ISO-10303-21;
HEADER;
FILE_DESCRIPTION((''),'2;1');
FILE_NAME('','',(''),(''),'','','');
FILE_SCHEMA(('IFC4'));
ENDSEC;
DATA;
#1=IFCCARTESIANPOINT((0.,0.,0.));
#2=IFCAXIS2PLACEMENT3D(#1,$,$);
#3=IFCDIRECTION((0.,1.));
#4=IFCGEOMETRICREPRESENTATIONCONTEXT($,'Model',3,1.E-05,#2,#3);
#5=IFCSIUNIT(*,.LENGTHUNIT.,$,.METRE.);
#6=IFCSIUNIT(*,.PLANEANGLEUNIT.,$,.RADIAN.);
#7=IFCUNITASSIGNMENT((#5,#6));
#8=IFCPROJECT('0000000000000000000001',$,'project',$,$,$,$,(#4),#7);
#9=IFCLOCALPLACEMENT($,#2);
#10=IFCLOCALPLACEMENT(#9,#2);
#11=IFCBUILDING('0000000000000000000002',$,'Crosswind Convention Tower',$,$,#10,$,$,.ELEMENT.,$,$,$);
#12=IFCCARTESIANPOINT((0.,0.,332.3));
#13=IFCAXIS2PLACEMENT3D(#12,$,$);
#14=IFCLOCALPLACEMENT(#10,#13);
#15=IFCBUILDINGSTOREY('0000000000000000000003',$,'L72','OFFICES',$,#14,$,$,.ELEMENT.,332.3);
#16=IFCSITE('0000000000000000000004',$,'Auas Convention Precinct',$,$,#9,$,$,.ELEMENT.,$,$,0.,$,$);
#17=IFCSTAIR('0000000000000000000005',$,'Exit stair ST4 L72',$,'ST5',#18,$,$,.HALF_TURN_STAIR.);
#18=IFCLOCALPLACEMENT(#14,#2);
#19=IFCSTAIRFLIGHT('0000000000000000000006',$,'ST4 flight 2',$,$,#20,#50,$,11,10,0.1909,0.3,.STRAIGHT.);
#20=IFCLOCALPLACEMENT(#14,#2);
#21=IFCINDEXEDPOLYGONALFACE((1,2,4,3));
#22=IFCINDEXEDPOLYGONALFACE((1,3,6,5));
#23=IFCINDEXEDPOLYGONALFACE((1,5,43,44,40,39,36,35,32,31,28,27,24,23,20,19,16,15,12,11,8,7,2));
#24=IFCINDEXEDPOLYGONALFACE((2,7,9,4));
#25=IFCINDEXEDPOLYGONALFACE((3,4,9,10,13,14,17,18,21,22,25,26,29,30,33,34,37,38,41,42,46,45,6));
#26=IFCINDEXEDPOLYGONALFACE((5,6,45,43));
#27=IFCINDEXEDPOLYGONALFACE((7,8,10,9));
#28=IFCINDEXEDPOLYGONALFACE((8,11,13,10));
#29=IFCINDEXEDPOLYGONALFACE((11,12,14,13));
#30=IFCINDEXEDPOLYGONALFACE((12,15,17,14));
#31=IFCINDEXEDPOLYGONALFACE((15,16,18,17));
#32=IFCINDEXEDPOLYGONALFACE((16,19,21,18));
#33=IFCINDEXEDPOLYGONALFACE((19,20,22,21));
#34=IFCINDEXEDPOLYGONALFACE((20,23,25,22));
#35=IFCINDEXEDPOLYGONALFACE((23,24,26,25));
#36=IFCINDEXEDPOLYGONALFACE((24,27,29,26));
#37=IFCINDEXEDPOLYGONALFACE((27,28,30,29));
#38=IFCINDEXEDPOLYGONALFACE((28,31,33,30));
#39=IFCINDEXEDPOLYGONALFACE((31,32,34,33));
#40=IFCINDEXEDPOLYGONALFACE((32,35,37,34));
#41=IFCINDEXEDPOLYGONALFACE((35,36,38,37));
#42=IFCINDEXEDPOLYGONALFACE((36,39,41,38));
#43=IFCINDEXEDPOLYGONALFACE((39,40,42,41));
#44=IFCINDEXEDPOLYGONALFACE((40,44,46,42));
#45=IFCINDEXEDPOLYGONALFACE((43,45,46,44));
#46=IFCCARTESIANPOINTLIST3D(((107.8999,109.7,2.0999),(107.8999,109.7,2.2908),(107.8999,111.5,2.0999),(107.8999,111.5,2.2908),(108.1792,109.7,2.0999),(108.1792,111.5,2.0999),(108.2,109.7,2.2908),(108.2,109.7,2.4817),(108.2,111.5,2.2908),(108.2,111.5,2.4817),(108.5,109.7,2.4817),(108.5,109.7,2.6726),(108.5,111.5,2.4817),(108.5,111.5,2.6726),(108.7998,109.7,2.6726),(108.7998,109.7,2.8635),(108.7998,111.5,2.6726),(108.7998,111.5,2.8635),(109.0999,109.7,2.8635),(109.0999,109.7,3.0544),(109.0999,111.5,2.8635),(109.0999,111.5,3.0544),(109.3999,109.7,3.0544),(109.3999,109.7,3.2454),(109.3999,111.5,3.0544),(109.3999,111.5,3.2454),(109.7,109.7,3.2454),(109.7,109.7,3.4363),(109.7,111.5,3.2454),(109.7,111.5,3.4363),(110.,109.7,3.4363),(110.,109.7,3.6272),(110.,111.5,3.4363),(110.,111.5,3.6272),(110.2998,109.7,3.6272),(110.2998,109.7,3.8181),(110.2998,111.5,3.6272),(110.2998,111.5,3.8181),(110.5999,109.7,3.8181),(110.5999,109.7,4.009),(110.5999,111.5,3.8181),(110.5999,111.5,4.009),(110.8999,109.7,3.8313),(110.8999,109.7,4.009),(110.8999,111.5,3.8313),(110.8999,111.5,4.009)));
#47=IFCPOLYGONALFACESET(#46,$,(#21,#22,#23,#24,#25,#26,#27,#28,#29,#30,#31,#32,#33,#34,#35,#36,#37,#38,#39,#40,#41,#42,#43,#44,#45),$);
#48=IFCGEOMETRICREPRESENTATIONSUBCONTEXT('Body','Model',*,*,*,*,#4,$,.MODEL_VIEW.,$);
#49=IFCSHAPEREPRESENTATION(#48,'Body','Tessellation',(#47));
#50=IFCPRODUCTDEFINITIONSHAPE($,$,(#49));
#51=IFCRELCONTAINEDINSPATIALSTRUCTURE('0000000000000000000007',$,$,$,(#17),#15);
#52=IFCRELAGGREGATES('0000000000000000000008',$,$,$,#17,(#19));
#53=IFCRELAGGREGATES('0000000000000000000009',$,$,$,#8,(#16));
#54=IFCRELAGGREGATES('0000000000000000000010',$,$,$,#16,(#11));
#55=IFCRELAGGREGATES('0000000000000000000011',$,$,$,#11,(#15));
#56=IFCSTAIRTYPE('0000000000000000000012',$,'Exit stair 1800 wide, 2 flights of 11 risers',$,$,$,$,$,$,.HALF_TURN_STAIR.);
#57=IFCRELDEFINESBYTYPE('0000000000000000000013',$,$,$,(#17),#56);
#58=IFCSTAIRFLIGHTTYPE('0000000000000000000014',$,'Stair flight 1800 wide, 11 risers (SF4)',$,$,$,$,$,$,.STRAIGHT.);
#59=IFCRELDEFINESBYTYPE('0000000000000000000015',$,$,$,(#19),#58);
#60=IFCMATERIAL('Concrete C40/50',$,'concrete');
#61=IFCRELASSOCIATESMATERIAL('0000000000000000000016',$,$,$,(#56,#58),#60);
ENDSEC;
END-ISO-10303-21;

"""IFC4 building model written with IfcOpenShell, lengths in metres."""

from ifc_helpers import new_model, si_unit, direction, frame, origin, place, context, subcontext, project, spatial, polyline, outline, extrude, material, type_object, element, aggregate, save


model = new_model("IFC4")

# Units and contexts
model_context = context("Model", 3, precision=1e-05, world=origin(), true_north=direction((0.0, 1.0)))
body_context = subcontext(model_context, "Body", "Model", "MODEL_VIEW")
ifc_project = project(units=[si_unit("LENGTHUNIT", "METRE"), si_unit("PLANEANGLEUNIT", "RADIAN")], contexts=[model_context])

# Site, building, storey
site_placement = place(None, origin())
site = spatial("IfcSite", under=ifc_project, at=site_placement, Name="Auas Convention Precinct", CompositionType="ELEMENT", RefElevation=0.0)
building_placement = place(site_placement, origin())
building = spatial("IfcBuilding", under=site, at=building_placement, Name="Crosswind Convention Tower", CompositionType="ELEMENT")
storey_placement = place(building_placement, frame((0.0, 0.0, 332.3)))
storey = spatial("IfcBuildingStorey", under=building, at=storey_placement, Name="L72", Description="OFFICES", CompositionType="ELEMENT", Elevation=332.3)

# Stair, stair flight
ifc_material_1 = material(Name="Concrete C40/50", Category="concrete")
stair_type = type_object("IfcStairType", Name="Exit stair 1800 wide, 2 flights of 11 risers", PredefinedType="HALF_TURN_STAIR", material=ifc_material_1)
stair_placement = place(storey_placement, origin())
stair = element("IfcStair", 1, at=stair_placement, inside=storey, type_object=stair_type, Name="Exit stair ST4 L72", ObjectType="ST5", PredefinedType="HALF_TURN_STAIR")
stair_flight_type = type_object("IfcStairFlightType", Name="Stair flight 1800 wide, 11 risers (SF4)", PredefinedType="STRAIGHT", material=ifc_material_1)
stair_flight_placement = place(storey_placement, frame((107.8999, 110.6001, 2.0999), z_axis=(0.0, 0.0, 1.0), x_axis=(1.0, 0.0, 0.0)))
stair_flight = element("IfcStairFlight", 2, at=stair_flight_placement, type_object=stair_flight_type, Name="ST4 flight 2", NumberOfRisers=11, NumberOfTreads=10, PredefinedType="STRAIGHT", RiserHeight=0.1909, TreadLength=0.3, context=body_context, shape_type="SweptSolid", body=[
    extrude(outline(polyline([(0.0, 0.0), (0.0, 0.1909), (0.3, 0.1909), (0.3, 0.3818), (0.6001, 0.3818), (0.6001, 0.5728), (0.8999, 0.5728), (0.8999, 0.7637), (1.2, 0.7637), (1.2, 0.9546), (1.5, 0.9546), (1.5, 1.1455), (1.8, 1.1455), (1.8, 1.3364), (2.1001, 1.3364), (2.1001, 1.5273), (2.3999, 1.5273), (2.3999, 1.7183), (2.7, 1.7183), (2.7, 1.9092), (3.0, 1.9092), (3.0, 2.1001), (3.0, 1.7314), (0.2793, 0.0), (0.0, 0.0)])), frame((0.0, 0.8999, 0.0), z_axis=(0.0, -1.0, 0.0), x_axis=(1.0, 0.0, 0.0)), (0.0, 0.0, 1.0), 1.8),
])
aggregate(stair, [stair_flight])

save(model, "model.ifc")
